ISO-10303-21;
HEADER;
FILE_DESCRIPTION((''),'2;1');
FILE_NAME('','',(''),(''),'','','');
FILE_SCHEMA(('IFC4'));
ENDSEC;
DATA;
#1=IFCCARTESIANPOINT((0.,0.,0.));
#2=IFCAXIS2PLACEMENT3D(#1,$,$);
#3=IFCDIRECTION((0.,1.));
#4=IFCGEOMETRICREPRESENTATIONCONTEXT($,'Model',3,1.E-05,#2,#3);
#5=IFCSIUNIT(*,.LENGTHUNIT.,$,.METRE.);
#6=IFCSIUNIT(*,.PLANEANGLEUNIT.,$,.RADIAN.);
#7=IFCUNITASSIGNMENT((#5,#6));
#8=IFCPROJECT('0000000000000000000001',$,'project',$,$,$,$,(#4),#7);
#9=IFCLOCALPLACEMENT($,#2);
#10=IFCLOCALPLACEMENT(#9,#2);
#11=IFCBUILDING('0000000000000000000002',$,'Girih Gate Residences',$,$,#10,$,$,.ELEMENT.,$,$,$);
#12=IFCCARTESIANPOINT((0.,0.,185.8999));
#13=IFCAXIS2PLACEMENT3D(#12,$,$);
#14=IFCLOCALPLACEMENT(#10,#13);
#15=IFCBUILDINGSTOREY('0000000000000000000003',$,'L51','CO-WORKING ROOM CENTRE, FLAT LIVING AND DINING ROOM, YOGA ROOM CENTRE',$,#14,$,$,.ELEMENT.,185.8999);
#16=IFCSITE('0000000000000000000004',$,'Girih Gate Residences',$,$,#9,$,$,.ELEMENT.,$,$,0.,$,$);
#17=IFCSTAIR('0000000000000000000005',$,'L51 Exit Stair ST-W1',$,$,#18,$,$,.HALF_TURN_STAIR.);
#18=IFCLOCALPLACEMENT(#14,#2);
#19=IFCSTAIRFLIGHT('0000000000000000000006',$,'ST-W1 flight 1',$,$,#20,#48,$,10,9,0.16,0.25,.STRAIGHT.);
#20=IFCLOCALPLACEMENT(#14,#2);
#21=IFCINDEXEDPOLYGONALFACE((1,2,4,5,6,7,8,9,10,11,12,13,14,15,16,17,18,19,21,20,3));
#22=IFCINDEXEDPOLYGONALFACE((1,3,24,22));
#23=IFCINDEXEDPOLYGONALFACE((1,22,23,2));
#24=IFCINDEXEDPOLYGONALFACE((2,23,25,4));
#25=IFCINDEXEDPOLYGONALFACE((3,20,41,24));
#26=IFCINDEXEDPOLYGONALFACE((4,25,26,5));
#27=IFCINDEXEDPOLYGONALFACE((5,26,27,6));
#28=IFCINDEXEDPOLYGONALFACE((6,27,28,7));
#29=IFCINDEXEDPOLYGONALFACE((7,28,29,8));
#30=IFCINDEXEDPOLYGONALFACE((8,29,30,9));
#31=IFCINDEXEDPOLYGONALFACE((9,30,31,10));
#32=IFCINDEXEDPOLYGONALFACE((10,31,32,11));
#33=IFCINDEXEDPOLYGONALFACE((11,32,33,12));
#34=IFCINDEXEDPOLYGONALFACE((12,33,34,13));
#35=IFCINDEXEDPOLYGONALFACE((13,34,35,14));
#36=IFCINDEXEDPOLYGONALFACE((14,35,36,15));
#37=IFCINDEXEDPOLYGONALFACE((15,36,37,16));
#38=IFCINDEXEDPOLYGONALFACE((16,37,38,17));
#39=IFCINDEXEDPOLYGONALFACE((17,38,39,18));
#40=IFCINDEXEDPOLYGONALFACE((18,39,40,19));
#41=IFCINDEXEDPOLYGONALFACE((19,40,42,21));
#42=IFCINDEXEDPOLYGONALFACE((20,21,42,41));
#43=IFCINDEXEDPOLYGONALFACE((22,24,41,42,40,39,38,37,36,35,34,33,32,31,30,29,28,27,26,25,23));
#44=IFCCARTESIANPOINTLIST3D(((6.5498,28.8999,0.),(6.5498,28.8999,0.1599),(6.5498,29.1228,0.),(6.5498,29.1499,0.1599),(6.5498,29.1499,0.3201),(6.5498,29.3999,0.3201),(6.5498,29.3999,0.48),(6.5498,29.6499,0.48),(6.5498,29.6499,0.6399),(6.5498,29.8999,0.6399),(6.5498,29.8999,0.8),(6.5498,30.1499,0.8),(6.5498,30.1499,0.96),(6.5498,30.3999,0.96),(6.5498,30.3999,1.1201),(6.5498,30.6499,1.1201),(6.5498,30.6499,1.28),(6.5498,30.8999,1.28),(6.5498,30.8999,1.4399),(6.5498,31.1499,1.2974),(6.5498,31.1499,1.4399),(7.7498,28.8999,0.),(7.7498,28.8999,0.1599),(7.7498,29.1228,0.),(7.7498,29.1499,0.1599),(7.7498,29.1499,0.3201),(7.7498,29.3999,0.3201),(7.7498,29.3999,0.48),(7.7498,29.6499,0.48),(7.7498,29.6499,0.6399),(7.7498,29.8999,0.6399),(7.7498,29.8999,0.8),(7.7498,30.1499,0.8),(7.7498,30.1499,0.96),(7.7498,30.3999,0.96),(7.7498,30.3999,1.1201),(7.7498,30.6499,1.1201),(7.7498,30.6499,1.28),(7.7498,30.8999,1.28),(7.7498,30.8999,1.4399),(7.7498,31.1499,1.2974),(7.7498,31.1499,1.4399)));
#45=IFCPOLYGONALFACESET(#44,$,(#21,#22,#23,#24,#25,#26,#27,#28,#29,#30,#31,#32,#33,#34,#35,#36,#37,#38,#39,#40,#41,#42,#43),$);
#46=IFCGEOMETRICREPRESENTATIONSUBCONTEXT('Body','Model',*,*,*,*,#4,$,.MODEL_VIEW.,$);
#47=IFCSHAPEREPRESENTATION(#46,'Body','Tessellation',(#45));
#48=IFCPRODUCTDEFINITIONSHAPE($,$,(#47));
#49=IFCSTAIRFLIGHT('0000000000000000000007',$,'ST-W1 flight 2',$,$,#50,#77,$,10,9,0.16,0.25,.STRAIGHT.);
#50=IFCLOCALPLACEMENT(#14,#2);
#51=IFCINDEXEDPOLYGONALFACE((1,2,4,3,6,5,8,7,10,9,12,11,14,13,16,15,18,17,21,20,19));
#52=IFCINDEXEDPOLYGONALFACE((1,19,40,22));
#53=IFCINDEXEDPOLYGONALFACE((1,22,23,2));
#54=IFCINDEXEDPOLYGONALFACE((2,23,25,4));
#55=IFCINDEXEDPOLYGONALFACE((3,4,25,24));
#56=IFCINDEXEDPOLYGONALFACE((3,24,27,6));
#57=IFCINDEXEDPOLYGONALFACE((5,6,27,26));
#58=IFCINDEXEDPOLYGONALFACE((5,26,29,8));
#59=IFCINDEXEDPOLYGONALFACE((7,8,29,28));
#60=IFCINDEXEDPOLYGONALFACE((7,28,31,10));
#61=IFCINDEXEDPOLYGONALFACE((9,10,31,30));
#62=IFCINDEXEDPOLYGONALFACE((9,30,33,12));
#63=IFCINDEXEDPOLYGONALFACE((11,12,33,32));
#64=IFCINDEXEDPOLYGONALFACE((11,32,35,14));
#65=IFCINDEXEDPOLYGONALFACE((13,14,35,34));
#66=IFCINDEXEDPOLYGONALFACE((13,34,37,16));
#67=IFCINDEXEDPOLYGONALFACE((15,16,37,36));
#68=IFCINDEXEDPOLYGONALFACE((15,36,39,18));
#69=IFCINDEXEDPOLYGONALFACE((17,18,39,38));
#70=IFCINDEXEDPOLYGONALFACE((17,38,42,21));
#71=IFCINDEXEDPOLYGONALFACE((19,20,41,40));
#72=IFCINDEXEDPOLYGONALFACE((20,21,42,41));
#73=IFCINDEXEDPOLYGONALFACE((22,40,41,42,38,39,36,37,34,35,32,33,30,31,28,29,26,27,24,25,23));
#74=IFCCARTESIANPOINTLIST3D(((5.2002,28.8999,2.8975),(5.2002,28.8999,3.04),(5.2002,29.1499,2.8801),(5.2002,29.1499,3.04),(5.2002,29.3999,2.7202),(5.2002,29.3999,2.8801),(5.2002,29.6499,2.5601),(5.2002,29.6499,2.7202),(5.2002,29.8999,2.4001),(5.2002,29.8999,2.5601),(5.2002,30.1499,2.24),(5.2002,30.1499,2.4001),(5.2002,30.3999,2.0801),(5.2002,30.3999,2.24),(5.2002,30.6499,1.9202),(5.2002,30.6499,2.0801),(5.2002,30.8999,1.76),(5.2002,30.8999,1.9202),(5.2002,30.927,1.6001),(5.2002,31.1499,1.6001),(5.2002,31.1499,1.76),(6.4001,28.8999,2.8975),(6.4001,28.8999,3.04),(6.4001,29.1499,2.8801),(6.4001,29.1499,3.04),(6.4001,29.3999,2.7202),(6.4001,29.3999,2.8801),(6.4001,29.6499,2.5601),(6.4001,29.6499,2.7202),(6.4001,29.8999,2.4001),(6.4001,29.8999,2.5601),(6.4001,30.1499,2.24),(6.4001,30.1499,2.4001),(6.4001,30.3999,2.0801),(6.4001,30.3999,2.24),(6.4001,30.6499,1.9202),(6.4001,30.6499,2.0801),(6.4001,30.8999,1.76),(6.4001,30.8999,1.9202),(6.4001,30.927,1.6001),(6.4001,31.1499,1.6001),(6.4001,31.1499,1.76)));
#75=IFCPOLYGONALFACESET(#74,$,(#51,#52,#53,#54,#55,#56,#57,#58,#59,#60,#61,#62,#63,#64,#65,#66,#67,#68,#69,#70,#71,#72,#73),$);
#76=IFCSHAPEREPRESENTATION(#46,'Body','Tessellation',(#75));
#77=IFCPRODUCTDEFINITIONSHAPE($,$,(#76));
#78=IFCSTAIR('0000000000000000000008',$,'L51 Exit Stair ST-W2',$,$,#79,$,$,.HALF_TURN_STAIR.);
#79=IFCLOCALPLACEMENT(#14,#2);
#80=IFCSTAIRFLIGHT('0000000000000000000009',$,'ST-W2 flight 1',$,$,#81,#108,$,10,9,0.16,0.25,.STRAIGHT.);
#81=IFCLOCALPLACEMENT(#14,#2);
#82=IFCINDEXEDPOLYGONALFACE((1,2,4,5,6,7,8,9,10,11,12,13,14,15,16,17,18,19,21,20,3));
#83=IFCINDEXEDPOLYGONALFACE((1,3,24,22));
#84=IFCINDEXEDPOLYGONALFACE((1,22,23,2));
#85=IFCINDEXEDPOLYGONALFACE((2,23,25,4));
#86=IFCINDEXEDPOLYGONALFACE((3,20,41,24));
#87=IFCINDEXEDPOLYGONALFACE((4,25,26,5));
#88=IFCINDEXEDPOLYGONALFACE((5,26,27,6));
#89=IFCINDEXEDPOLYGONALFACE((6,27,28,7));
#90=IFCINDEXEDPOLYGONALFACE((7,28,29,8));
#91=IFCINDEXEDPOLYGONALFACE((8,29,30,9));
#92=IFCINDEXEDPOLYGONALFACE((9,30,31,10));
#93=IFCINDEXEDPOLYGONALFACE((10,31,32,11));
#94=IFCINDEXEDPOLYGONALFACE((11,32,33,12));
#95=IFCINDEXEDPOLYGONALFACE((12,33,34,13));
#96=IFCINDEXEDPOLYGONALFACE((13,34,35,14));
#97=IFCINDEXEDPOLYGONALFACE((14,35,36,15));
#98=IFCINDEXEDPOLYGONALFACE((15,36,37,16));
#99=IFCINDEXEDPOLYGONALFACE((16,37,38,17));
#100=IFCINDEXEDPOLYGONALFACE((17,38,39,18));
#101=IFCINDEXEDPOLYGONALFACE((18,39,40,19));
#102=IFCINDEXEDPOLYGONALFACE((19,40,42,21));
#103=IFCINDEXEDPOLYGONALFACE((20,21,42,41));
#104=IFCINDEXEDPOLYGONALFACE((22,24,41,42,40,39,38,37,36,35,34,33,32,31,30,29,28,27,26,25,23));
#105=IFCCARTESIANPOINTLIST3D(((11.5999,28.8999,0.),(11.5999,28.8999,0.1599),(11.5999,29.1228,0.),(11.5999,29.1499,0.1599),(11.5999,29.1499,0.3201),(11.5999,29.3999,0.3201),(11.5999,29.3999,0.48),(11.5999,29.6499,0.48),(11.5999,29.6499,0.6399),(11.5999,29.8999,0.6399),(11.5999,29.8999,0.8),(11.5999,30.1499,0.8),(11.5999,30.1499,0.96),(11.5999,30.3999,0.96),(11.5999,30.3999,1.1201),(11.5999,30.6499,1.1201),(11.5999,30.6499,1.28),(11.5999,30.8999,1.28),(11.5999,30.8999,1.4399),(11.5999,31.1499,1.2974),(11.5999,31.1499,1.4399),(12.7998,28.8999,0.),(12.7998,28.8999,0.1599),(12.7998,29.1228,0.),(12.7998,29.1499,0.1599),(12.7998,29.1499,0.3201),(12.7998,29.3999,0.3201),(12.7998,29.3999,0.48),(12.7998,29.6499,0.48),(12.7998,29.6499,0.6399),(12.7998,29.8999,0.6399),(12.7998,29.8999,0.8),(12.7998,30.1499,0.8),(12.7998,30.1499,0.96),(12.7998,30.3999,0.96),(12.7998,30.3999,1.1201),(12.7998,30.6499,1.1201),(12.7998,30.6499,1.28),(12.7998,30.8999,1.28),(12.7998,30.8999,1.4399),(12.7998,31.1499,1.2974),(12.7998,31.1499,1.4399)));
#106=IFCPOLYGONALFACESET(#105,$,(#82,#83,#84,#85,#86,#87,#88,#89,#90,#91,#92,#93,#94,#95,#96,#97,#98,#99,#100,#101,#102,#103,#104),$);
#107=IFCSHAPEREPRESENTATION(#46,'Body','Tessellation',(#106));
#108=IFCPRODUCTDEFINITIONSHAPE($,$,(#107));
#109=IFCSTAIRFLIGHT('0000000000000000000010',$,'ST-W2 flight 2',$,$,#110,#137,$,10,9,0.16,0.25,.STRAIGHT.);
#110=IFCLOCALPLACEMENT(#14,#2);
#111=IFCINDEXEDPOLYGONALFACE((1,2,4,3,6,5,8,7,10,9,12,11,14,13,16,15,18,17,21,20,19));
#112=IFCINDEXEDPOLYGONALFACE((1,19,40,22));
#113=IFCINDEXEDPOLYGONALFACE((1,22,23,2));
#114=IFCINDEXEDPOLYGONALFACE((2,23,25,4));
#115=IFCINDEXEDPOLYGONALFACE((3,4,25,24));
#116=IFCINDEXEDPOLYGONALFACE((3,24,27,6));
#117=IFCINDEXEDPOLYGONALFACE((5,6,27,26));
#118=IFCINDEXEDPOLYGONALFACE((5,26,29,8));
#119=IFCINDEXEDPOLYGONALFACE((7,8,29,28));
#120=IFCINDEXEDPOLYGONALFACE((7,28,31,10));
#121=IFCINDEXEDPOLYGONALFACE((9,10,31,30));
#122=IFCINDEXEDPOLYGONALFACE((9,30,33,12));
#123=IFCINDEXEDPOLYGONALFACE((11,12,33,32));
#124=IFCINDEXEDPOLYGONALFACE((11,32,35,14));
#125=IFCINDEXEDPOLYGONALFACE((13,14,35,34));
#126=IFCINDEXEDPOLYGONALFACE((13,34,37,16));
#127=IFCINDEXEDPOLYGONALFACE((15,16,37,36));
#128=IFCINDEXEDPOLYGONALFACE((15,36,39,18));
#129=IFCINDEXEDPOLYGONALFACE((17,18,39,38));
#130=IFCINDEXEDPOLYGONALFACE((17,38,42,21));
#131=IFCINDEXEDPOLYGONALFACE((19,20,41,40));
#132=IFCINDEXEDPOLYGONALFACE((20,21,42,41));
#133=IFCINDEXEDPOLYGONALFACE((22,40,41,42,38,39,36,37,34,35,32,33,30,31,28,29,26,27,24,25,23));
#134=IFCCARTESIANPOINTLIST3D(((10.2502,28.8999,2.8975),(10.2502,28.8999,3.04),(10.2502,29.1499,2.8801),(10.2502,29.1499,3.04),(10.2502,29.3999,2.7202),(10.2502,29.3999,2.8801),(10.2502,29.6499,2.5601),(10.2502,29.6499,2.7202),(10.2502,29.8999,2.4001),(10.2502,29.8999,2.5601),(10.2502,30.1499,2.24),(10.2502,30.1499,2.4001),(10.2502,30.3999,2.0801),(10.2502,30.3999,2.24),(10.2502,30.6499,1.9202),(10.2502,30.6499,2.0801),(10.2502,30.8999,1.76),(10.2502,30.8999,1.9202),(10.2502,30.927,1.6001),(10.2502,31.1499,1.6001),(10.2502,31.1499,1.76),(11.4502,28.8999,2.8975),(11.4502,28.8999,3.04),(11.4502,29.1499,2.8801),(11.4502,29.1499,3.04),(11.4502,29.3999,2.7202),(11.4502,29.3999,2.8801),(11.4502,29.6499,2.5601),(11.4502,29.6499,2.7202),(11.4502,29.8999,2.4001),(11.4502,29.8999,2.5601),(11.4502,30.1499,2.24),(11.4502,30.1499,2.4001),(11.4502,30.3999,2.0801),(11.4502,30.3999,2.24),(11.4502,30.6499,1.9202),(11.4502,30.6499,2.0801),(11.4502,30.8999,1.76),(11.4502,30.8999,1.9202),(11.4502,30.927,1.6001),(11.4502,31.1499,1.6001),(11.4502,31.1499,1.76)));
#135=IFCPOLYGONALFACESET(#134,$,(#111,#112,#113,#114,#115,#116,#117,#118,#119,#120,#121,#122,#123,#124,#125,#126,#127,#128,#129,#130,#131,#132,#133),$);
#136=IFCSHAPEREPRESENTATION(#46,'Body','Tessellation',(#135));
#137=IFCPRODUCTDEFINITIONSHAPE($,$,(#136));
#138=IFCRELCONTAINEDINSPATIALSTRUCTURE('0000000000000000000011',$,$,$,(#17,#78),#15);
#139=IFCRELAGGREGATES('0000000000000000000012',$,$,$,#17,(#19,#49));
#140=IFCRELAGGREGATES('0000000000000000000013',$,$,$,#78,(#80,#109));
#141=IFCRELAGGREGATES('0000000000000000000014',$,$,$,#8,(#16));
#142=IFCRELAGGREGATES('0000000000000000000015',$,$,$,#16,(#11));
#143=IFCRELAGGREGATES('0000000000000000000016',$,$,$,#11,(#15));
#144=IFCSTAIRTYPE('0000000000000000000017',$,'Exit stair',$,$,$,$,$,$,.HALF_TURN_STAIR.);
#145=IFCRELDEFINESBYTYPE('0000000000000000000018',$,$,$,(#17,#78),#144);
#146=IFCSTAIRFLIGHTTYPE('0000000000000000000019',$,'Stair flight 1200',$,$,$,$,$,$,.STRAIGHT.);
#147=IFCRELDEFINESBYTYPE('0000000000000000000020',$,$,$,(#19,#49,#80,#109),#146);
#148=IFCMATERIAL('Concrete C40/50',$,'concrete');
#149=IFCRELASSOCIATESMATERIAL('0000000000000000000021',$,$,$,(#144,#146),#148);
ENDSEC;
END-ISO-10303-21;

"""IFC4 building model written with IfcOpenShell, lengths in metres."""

from ifc_helpers import new_model, si_unit, direction, frame, origin, place, context, subcontext, project, spatial, polyline, outline, extrude, material, type_object, element, aggregate, save


model = new_model("IFC4")

# Units and contexts
model_context = context("Model", 3, precision=1e-05, world=origin(), true_north=direction((0.0, 1.0)))
body_context = subcontext(model_context, "Body", "Model", "MODEL_VIEW")
ifc_project = project(units=[si_unit("LENGTHUNIT", "METRE"), si_unit("PLANEANGLEUNIT", "RADIAN")], contexts=[model_context])

# Site, building, storey
site_placement = place(None, origin())
site = spatial("IfcSite", under=ifc_project, at=site_placement, Name="Girih Gate Residences", CompositionType="ELEMENT", RefElevation=0.0)
building_placement = place(site_placement, origin())
building = spatial("IfcBuilding", under=site, at=building_placement, Name="Girih Gate Residences", CompositionType="ELEMENT")
storey_placement = place(building_placement, frame((0.0, 0.0, 185.8999)))
storey = spatial("IfcBuildingStorey", under=building, at=storey_placement, Name="L51", Description="CO-WORKING ROOM CENTRE, FLAT LIVING AND DINING ROOM, YOGA ROOM CENTRE", CompositionType="ELEMENT", Elevation=185.8999)

# Shared definitions
ifc_material_1 = material(Name="Concrete C40/50", Category="concrete")

# Stairs, stair flights
stair_type = type_object("IfcStairType", Name="Exit stair", PredefinedType="HALF_TURN_STAIR", material=ifc_material_1)
stair_1_placement = place(storey_placement, origin())
stair_1 = element("IfcStair", 1, at=stair_1_placement, inside=storey, type_object=stair_type, Name="L51 Exit Stair ST-W1", PredefinedType="HALF_TURN_STAIR")
stair_flight_type = type_object("IfcStairFlightType", Name="Stair flight 1200", PredefinedType="STRAIGHT", material=ifc_material_1)
stair_flight_1_placement = place(storey_placement, frame((7.1499, 28.8999, 0.0), z_axis=(0.0, 0.0, 1.0), x_axis=(0.0, 1.0, 0.0)))
stair_flight_1 = element("IfcStairFlight", 2, at=stair_flight_1_placement, type_object=stair_flight_type, Name="ST-W1 flight 1", NumberOfRisers=10, NumberOfTreads=9, PredefinedType="STRAIGHT", RiserHeight=0.16, TreadLength=0.25, context=body_context, shape_type="SweptSolid", body=[
    extrude(outline(polyline([(0.0, 0.0), (0.0, 0.1599), (0.25, 0.1599), (0.25, 0.3201), (0.5, 0.3201), (0.5, 0.48), (0.75, 0.48), (0.75, 0.6399), (1.0, 0.6399), (1.0, 0.8), (1.25, 0.8), (1.25, 0.96), (1.5, 0.96), (1.5, 1.1201), (1.75, 1.1201), (1.75, 1.28), (2.0, 1.28), (2.0, 1.4399), (2.25, 1.4399), (2.25, 1.6001), (2.25, 1.2974), (0.2229, 0.0), (0.0, 0.0)])), frame((0.0, 0.6001, 0.0), z_axis=(0.0, -1.0, 0.0), x_axis=(1.0, 0.0, 0.0)), (0.0, 0.0, 1.0), 1.2),
])
stair_flight_2_placement = place(storey_placement, frame((5.8, 31.1499, 1.6001), z_axis=(0.0, 0.0, 1.0), x_axis=(0.0, -1.0, 0.0)))
stair_flight_2 = element("IfcStairFlight", 3, at=stair_flight_2_placement, type_object=stair_flight_type, Name="ST-W1 flight 2", NumberOfRisers=10, NumberOfTreads=9, PredefinedType="STRAIGHT", RiserHeight=0.16, TreadLength=0.25, context=body_context, shape_type="SweptSolid", body=[
    extrude(outline(polyline([(0.0, 0.0), (0.0, 0.1599), (0.25, 0.1599), (0.25, 0.3201), (0.5, 0.3201), (0.5, 0.48), (0.75, 0.48), (0.75, 0.6399), (1.0, 0.6399), (1.0, 0.8), (1.25, 0.8), (1.25, 0.96), (1.5, 0.96), (1.5, 1.1201), (1.75, 1.1201), (1.75, 1.28), (2.0, 1.28), (2.0, 1.4399), (2.25, 1.4399), (2.25, 1.6001), (2.25, 1.2974), (0.2229, 0.0), (0.0, 0.0)])), frame((0.0, 0.6001, 0.0), z_axis=(0.0, -1.0, 0.0), x_axis=(1.0, 0.0, 0.0)), (0.0, 0.0, 1.0), 1.2),
])
aggregate(stair_1, [stair_flight_1, stair_flight_2])
stair_2_placement = place(storey_placement, origin())
stair_2 = element("IfcStair", 4, at=stair_2_placement, inside=storey, type_object=stair_type, Name="L51 Exit Stair ST-W2", PredefinedType="HALF_TURN_STAIR")
stair_flight_3_placement = place(storey_placement, frame((12.2, 28.8999, 0.0), z_axis=(0.0, 0.0, 1.0), x_axis=(0.0, 1.0, 0.0)))
stair_flight_3 = element("IfcStairFlight", 5, at=stair_flight_3_placement, type_object=stair_flight_type, Name="ST-W2 flight 1", NumberOfRisers=10, NumberOfTreads=9, PredefinedType="STRAIGHT", RiserHeight=0.16, TreadLength=0.25, context=body_context, shape_type="SweptSolid", body=[
    extrude(outline(polyline([(0.0, 0.0), (0.0, 0.1599), (0.25, 0.1599), (0.25, 0.3201), (0.5, 0.3201), (0.5, 0.48), (0.75, 0.48), (0.75, 0.6399), (1.0, 0.6399), (1.0, 0.8), (1.25, 0.8), (1.25, 0.96), (1.5, 0.96), (1.5, 1.1201), (1.75, 1.1201), (1.75, 1.28), (2.0, 1.28), (2.0, 1.4399), (2.25, 1.4399), (2.25, 1.6001), (2.25, 1.2974), (0.2229, 0.0), (0.0, 0.0)])), frame((0.0, 0.6001, 0.0), z_axis=(0.0, -1.0, 0.0), x_axis=(1.0, 0.0, 0.0)), (0.0, 0.0, 1.0), 1.2),
])
stair_flight_4_placement = place(storey_placement, frame((10.8501, 31.1499, 1.6001), z_axis=(0.0, 0.0, 1.0), x_axis=(0.0, -1.0, 0.0)))
stair_flight_4 = element("IfcStairFlight", 6, at=stair_flight_4_placement, type_object=stair_flight_type, Name="ST-W2 flight 2", NumberOfRisers=10, NumberOfTreads=9, PredefinedType="STRAIGHT", RiserHeight=0.16, TreadLength=0.25, context=body_context, shape_type="SweptSolid", body=[
    extrude(outline(polyline([(0.0, 0.0), (0.0, 0.1599), (0.25, 0.1599), (0.25, 0.3201), (0.5, 0.3201), (0.5, 0.48), (0.75, 0.48), (0.75, 0.6399), (1.0, 0.6399), (1.0, 0.8), (1.25, 0.8), (1.25, 0.96), (1.5, 0.96), (1.5, 1.1201), (1.75, 1.1201), (1.75, 1.28), (2.0, 1.28), (2.0, 1.4399), (2.25, 1.4399), (2.25, 1.6001), (2.25, 1.2974), (0.2229, 0.0), (0.0, 0.0)])), frame((0.0, 0.6001, 0.0), z_axis=(0.0, -1.0, 0.0), x_axis=(1.0, 0.0, 0.0)), (0.0, 0.0, 1.0), 1.2),
])
aggregate(stair_2, [stair_flight_3, stair_flight_4])

save(model, "model.ifc")
